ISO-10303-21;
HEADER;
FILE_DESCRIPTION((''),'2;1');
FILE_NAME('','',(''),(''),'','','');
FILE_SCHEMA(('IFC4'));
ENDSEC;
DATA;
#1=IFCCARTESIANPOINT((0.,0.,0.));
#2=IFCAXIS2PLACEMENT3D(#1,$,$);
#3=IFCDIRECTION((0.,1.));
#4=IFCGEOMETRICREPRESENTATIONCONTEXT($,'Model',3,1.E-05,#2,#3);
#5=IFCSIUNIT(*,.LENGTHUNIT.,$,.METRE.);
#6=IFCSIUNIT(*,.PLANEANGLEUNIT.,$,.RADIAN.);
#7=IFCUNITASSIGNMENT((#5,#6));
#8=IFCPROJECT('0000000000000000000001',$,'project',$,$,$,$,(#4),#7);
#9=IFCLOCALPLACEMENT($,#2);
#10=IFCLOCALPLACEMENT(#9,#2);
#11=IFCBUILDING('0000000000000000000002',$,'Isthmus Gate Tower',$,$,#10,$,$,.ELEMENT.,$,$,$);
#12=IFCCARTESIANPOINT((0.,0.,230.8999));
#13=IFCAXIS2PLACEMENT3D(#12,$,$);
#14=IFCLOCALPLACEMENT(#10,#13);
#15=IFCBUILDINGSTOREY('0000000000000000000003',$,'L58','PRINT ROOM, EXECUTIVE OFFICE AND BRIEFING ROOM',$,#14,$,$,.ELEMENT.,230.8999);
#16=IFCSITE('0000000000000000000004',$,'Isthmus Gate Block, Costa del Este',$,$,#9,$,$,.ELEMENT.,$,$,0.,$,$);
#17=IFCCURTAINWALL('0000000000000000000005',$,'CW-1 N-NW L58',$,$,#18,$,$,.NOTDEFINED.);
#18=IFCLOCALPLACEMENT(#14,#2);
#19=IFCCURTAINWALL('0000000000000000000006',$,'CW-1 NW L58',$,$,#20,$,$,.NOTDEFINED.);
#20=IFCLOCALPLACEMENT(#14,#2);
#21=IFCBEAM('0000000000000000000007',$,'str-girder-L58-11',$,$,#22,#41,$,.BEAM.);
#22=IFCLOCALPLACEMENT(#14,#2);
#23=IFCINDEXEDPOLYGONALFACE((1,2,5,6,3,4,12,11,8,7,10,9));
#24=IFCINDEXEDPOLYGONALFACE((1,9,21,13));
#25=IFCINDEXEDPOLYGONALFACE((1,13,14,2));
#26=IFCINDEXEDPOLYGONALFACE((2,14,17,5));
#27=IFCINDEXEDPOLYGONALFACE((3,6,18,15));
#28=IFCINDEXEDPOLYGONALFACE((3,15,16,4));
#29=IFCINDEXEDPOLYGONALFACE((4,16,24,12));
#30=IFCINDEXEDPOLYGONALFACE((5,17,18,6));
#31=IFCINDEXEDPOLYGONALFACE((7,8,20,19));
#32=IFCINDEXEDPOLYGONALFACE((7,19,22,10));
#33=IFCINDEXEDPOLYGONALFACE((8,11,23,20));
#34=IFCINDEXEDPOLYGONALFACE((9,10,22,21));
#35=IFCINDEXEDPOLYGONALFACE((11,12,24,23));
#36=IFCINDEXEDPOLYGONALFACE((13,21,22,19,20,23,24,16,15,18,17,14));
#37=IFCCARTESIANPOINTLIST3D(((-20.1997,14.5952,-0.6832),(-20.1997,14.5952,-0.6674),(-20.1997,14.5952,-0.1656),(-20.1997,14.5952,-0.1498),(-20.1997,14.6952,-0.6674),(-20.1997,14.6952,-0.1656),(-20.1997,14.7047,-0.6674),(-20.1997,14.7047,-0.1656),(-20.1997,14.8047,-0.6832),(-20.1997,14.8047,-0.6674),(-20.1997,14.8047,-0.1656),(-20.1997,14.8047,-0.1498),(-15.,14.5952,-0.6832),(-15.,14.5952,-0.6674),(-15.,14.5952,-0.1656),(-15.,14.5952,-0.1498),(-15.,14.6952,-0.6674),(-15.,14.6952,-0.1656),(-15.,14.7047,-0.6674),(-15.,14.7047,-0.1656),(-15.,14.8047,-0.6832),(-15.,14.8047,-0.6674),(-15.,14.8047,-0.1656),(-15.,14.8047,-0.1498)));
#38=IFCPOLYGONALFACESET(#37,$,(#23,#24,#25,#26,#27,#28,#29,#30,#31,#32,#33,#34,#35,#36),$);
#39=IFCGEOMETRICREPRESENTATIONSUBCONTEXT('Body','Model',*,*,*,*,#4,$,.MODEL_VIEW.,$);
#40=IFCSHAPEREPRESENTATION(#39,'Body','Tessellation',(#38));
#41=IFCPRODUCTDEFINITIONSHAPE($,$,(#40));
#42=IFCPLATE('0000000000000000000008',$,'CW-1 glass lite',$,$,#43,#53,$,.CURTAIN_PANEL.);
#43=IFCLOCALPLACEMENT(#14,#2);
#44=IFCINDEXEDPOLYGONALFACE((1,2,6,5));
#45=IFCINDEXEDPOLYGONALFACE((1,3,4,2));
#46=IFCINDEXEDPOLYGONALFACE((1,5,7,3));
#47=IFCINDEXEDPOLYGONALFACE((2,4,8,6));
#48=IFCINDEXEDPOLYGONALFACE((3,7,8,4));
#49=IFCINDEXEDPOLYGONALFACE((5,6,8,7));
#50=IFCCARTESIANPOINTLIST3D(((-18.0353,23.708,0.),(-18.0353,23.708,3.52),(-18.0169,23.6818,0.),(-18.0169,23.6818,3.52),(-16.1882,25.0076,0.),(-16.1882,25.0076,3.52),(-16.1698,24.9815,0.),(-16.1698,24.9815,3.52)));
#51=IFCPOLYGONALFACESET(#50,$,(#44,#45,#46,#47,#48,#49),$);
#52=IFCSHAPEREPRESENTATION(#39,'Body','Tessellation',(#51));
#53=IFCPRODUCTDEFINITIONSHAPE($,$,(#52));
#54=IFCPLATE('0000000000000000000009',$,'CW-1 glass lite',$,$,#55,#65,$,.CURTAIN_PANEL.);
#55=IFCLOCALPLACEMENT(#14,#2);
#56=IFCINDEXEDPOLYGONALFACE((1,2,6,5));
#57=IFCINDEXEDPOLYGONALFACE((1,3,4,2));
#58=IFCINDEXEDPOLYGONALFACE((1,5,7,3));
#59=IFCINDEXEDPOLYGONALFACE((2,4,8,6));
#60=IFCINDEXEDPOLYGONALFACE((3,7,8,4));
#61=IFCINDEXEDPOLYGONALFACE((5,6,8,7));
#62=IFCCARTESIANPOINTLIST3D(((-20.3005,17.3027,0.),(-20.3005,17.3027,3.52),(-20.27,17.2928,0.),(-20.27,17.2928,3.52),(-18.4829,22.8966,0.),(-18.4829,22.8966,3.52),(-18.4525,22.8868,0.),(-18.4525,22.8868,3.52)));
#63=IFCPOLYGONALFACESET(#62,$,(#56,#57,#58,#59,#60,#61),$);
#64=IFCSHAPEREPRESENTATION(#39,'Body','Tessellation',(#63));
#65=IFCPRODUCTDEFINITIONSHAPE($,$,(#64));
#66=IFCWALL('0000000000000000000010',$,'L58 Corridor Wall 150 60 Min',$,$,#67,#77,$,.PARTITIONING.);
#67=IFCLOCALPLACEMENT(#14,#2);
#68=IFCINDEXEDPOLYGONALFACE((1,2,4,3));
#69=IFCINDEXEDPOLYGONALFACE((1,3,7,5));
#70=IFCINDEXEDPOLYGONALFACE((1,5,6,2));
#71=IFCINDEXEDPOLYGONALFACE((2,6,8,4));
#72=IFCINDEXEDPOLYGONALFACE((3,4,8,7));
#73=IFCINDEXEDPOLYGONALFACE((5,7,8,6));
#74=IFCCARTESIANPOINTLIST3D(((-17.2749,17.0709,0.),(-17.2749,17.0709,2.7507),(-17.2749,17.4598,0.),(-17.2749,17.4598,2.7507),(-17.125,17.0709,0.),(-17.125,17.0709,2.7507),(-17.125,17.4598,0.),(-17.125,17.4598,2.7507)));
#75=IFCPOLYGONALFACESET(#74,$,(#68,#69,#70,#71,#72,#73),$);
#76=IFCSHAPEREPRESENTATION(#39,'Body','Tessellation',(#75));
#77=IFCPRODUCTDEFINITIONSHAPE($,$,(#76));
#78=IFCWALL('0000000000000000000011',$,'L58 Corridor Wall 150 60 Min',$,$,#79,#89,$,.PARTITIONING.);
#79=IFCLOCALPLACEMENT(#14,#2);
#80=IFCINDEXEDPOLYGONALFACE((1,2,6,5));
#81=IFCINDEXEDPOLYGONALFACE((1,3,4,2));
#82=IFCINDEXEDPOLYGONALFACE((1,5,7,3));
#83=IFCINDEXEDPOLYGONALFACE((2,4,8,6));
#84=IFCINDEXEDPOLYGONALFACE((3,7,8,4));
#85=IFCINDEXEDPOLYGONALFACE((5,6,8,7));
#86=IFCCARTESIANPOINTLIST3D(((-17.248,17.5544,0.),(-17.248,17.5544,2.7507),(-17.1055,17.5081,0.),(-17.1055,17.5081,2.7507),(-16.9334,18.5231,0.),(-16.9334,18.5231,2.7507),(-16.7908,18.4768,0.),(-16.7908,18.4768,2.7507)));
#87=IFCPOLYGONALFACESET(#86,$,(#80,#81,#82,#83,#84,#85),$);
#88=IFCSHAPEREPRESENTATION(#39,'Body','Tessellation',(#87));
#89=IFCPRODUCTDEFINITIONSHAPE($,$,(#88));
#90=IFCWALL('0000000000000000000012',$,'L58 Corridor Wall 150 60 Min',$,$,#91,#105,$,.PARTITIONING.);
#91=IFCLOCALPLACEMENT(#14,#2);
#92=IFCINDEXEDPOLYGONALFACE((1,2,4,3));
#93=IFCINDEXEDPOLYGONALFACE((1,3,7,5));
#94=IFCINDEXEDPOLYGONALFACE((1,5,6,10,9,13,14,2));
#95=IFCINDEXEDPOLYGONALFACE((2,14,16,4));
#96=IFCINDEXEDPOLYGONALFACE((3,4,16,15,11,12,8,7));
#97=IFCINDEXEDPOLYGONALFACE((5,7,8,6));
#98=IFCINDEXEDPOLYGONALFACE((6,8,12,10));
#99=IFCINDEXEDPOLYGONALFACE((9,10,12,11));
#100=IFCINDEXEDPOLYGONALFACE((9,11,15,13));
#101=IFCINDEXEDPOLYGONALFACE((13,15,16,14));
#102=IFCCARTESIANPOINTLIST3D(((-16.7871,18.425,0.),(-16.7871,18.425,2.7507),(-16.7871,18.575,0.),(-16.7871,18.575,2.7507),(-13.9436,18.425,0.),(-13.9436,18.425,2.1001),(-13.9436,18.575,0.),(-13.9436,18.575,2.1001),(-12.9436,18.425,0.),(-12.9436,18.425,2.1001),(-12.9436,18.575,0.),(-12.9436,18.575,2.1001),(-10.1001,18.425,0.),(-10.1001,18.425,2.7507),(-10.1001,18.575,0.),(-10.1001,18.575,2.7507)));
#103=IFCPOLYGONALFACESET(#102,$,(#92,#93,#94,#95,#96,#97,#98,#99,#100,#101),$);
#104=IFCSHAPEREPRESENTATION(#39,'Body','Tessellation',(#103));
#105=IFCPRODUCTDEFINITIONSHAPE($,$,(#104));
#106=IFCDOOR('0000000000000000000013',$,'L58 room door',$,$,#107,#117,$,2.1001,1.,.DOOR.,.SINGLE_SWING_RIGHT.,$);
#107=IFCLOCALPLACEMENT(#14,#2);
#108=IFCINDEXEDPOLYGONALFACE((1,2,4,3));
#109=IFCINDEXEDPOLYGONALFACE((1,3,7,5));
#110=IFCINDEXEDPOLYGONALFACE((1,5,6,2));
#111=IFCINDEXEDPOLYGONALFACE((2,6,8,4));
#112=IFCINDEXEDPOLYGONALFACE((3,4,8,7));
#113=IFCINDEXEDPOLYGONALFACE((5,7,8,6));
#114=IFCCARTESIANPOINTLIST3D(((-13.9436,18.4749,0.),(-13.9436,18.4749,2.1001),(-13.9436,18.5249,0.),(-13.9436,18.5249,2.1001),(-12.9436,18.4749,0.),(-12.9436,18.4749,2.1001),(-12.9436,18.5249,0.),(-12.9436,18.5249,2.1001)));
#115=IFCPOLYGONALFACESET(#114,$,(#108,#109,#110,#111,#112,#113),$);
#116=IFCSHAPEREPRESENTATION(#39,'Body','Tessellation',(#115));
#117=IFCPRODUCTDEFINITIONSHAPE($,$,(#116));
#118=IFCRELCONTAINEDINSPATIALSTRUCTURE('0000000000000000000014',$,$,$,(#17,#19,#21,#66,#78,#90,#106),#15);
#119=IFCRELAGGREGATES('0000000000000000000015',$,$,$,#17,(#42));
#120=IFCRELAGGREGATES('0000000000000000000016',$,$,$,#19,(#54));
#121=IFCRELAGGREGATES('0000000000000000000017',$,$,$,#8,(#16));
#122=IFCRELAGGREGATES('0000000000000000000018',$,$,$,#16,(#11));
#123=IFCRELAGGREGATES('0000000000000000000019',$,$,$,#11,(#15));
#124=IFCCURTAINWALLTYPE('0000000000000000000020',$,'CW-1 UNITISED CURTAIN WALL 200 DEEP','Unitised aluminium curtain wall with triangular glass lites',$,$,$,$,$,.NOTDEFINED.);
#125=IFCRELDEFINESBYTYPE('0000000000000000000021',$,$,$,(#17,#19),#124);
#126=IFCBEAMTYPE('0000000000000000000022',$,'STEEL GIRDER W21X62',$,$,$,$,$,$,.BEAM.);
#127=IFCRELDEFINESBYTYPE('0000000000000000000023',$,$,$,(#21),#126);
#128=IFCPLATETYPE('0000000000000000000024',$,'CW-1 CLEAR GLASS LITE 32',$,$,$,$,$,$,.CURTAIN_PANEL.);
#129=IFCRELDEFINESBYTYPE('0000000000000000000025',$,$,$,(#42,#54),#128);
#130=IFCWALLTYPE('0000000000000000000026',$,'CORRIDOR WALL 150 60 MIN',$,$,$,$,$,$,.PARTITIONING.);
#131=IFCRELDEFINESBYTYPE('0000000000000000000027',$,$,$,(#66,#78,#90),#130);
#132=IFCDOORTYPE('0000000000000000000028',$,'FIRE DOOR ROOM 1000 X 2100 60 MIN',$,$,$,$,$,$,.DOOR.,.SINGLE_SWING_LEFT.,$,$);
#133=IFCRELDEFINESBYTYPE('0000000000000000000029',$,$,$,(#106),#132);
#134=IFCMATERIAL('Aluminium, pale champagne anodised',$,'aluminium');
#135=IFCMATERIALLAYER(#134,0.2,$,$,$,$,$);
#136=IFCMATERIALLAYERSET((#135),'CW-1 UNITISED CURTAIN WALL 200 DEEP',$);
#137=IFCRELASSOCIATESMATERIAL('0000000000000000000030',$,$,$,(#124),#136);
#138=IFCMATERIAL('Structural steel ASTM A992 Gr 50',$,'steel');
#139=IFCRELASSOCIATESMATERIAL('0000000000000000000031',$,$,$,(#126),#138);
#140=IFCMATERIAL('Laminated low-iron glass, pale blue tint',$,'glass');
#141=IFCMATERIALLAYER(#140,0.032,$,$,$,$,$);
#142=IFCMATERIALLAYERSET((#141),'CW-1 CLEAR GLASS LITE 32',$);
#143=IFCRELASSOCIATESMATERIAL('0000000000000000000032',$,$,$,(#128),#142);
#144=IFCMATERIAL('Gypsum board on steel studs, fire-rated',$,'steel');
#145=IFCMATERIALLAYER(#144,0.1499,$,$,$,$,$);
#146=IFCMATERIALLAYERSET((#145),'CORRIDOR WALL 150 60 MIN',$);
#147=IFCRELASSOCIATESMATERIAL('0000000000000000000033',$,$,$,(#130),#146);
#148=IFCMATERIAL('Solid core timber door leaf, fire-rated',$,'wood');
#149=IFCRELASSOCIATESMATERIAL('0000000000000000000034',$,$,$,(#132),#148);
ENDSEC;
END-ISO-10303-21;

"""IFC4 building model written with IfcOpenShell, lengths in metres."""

from ifc_helpers import new_model, si_unit, direction, frame, frame_2d, origin, origin_2d, place, context, subcontext, project, spatial, rectangle, i_section, extrude, material, layer, layer_set, material_profile, profile_set, type_object, element, fill, aggregate, save


model = new_model("IFC4")

# Units and contexts
model_context = context("Model", 3, precision=1e-05, world=origin(), true_north=direction((0.0, 1.0)))
body_context = subcontext(model_context, "Body", "Model", "MODEL_VIEW")
ifc_project = project(units=[si_unit("LENGTHUNIT", "METRE"), si_unit("PLANEANGLEUNIT", "RADIAN")], contexts=[model_context])

# Site, building, storey
site_placement = place(None, origin())
site = spatial("IfcSite", under=ifc_project, at=site_placement, Name="Isthmus Gate Block, Costa del Este", CompositionType="ELEMENT", RefElevation=0.0)
building_placement = place(site_placement, origin())
building = spatial("IfcBuilding", under=site, at=building_placement, Name="Isthmus Gate Tower", CompositionType="ELEMENT")
storey_placement = place(building_placement, frame((0.0, 0.0, 230.8999)))
storey = spatial("IfcBuildingStorey", under=building, at=storey_placement, Name="L58", Description="PRINT ROOM, EXECUTIVE OFFICE AND BRIEFING ROOM", CompositionType="ELEMENT", Elevation=230.8999)

# Curtain walls
ifc_material_1 = material(Name="Aluminium, pale champagne anodised", Category="aluminium")
ifc_layer_1 = layer(ifc_material_1, 0.2)
ifc_layer_set_1 = layer_set([ifc_layer_1], Name="CW-1 UNITISED CURTAIN WALL 200 DEEP")
curtain_wall_type = type_object("IfcCurtainWallType", Name="CW-1 UNITISED CURTAIN WALL 200 DEEP", Description="Unitised aluminium curtain wall with triangular glass lites", PredefinedType="NOTDEFINED", material=ifc_layer_set_1)
curtain_wall_1_placement = place(storey_placement, origin())
curtain_wall_1 = element("IfcCurtainWall", 1, at=curtain_wall_1_placement, inside=storey, type_object=curtain_wall_type, Name="CW-1 N-NW L58", PredefinedType="NOTDEFINED")
curtain_wall_2_placement = place(storey_placement, origin())
curtain_wall_2 = element("IfcCurtainWall", 2, at=curtain_wall_2_placement, inside=storey, type_object=curtain_wall_type, Name="CW-1 NW L58", PredefinedType="NOTDEFINED")

# Beam
ifc_material_2 = material(Name="Structural steel ASTM A992 Gr 50", Category="steel")
ifc_material_profile_1 = material_profile(ifc_material_2, i_section(OverallWidth=0.2095, OverallDepth=0.5334, WebThickness=0.0095, FlangeThickness=0.0159, at=origin_2d()), Name="W21X62")
ifc_profile_set_1 = profile_set([ifc_material_profile_1], Name="Structural steel ASTM A992 Gr 50")
beam_type_1 = type_object("IfcBeamType", Name="STEEL GIRDER W21X62", PredefinedType="BEAM", material=ifc_profile_set_1)
beam_1_placement = place(storey_placement, frame((-15.0, 14.7, -0.4165), z_axis=(-1.0, 0.0, 0.0), x_axis=(0.0, -1.0, 0.0)))
element("IfcBeam", 3, at=beam_1_placement, inside=storey, type_object=beam_type_1, Name="str-girder-L58-11", PredefinedType="BEAM", context=body_context, shape_type="SweptSolid", body=[
    extrude(i_section(OverallWidth=0.2095, OverallDepth=0.5334, WebThickness=0.0095, FlangeThickness=0.0159, at=origin_2d()), origin(), (0.0, 0.0, 1.0), 5.1997),
])

# Plates
ifc_material_3 = material(Name="Laminated low-iron glass, pale blue tint", Category="glass")
ifc_layer_2 = layer(ifc_material_3, 0.032)
ifc_layer_set_2 = layer_set([ifc_layer_2], Name="CW-1 CLEAR GLASS LITE 32")
plate_type = type_object("IfcPlateType", Name="CW-1 CLEAR GLASS LITE 32", PredefinedType="CURTAIN_PANEL", material=ifc_layer_set_2)
plate_1_placement = place(storey_placement, frame((-17.1025, 24.3447, 0.0), z_axis=(0.0, 0.0, 1.0), x_axis=(-0.81786, -0.575418, 0.0)))
plate_1 = element("IfcPlate", 4, at=plate_1_placement, type_object=plate_type, Name="CW-1 glass lite", PredefinedType="CURTAIN_PANEL", context=body_context, shape_type="SweptSolid", body=[
    extrude(rectangle(XDim=2.2585, YDim=0.032, at=origin_2d()), origin(), (0.0, 0.0, 1.0), 3.52),
])
aggregate(curtain_wall_1, [plate_1])
plate_2_placement = place(storey_placement, frame((-19.3765, 20.0947, 0.0), z_axis=(0.0, 0.0, 1.0), x_axis=(-0.309017, -0.951057, 0.0)))
plate_2 = element("IfcPlate", 5, at=plate_2_placement, type_object=plate_type, Name="CW-1 glass lite", PredefinedType="CURTAIN_PANEL", context=body_context, shape_type="SweptSolid", body=[
    extrude(rectangle(XDim=5.8818, YDim=0.032, at=origin_2d()), origin(), (0.0, 0.0, 1.0), 3.52),
])

# Walls
ifc_material_4 = material(Name="Gypsum board on steel studs, fire-rated", Category="steel")
ifc_layer_3 = layer(ifc_material_4, 0.1499)
ifc_layer_set_3 = layer_set([ifc_layer_3], Name="CORRIDOR WALL 150 60 MIN")
wall_type_1 = type_object("IfcWallType", Name="CORRIDOR WALL 150 60 MIN", PredefinedType="PARTITIONING", material=ifc_layer_set_3)
wall_1_placement = place(storey_placement, frame((-17.2, 17.071, 0.0), z_axis=(0.0, 0.0, 1.0), x_axis=(0.0, 1.0, 0.0)))
element("IfcWall", 6, at=wall_1_placement, inside=storey, type_object=wall_type_1, Name="L58 Corridor Wall 150 60 Min", PredefinedType="PARTITIONING", context=body_context, shape_type="SweptSolid", body=[
    extrude(rectangle(XDim=0.3889, YDim=0.1499, at=frame_2d((0.1943, 0.0))), origin(), (0.0, 0.0, 1.0), 2.7507),
])
wall_2_placement = place(storey_placement, frame((-17.1768, 17.5312, 0.0), z_axis=(0.0, 0.0, 1.0), x_axis=(0.308956, 0.951076, 0.0)))
element("IfcWall", 7, at=wall_2_placement, inside=storey, type_object=wall_type_1, Name="L58 Corridor Wall 150 60 Min", PredefinedType="PARTITIONING", context=body_context, shape_type="SweptSolid", body=[
    extrude(rectangle(XDim=1.0186, YDim=0.1499, at=frame_2d((0.5093, 0.0))), origin(), (0.0, 0.0, 1.0), 2.7507),
])

# Wall, opening, door
wall_3_placement = place(storey_placement, frame((-16.7871, 18.5, 0.0), z_axis=(0.0, 0.0, 1.0), x_axis=(1.0, 0.0, 0.0)))
wall_3 = element("IfcWall", 8, at=wall_3_placement, inside=storey, type_object=wall_type_1, Name="L58 Corridor Wall 150 60 Min", PredefinedType="PARTITIONING", context=body_context, shape_type="SweptSolid", body=[
    extrude(rectangle(XDim=6.687, YDim=0.1499, at=frame_2d((3.3435, 0.0))), origin(), (0.0, 0.0, 1.0), 2.7507),
])
opening_1_placement = place(wall_3_placement, frame((2.8435, 0.0, 0.0)))
opening_1 = element("IfcOpeningElement", 9, at=opening_1_placement, cuts=wall_3, PredefinedType="OPENING", context=body_context, shape_type="SweptSolid", body=[
    extrude(rectangle(XDim=1.0, YDim=2.1001, at=frame_2d((0.5, 1.05))), frame((0.0, 0.085, 0.0), z_axis=(0.0, -1.0, 0.0), x_axis=(1.0, 0.0, 0.0)), (0.0, 0.0, 1.0), 0.1699),
])
ifc_material_5 = material(Name="Solid core timber door leaf, fire-rated", Category="wood")
door_type_1 = type_object("IfcDoorType", Name="FIRE DOOR ROOM 1000 X 2100 60 MIN", OperationType="SINGLE_SWING_LEFT", PredefinedType="DOOR", material=ifc_material_5)
door_1_placement = place(opening_1_placement, origin())
door_1 = element("IfcDoor", 10, at=door_1_placement, inside=storey, type_object=door_type_1, Name="L58 room door", OperationType="SINGLE_SWING_RIGHT", OverallHeight=2.1001, OverallWidth=1.0, PredefinedType="DOOR", context=body_context, shape_type="SweptSolid", body=[
    extrude(rectangle(XDim=1.0, YDim=2.1001, at=frame_2d((0.5, 1.05))), frame((0.0, 0.0249, 0.0), z_axis=(0.0, -1.0, 0.0), x_axis=(1.0, 0.0, 0.0)), (0.0, 0.0, 1.0), 0.05),
])
fill(opening_1, door_1)

aggregate(curtain_wall_2, [plate_2])

save(model, "model.ifc")
